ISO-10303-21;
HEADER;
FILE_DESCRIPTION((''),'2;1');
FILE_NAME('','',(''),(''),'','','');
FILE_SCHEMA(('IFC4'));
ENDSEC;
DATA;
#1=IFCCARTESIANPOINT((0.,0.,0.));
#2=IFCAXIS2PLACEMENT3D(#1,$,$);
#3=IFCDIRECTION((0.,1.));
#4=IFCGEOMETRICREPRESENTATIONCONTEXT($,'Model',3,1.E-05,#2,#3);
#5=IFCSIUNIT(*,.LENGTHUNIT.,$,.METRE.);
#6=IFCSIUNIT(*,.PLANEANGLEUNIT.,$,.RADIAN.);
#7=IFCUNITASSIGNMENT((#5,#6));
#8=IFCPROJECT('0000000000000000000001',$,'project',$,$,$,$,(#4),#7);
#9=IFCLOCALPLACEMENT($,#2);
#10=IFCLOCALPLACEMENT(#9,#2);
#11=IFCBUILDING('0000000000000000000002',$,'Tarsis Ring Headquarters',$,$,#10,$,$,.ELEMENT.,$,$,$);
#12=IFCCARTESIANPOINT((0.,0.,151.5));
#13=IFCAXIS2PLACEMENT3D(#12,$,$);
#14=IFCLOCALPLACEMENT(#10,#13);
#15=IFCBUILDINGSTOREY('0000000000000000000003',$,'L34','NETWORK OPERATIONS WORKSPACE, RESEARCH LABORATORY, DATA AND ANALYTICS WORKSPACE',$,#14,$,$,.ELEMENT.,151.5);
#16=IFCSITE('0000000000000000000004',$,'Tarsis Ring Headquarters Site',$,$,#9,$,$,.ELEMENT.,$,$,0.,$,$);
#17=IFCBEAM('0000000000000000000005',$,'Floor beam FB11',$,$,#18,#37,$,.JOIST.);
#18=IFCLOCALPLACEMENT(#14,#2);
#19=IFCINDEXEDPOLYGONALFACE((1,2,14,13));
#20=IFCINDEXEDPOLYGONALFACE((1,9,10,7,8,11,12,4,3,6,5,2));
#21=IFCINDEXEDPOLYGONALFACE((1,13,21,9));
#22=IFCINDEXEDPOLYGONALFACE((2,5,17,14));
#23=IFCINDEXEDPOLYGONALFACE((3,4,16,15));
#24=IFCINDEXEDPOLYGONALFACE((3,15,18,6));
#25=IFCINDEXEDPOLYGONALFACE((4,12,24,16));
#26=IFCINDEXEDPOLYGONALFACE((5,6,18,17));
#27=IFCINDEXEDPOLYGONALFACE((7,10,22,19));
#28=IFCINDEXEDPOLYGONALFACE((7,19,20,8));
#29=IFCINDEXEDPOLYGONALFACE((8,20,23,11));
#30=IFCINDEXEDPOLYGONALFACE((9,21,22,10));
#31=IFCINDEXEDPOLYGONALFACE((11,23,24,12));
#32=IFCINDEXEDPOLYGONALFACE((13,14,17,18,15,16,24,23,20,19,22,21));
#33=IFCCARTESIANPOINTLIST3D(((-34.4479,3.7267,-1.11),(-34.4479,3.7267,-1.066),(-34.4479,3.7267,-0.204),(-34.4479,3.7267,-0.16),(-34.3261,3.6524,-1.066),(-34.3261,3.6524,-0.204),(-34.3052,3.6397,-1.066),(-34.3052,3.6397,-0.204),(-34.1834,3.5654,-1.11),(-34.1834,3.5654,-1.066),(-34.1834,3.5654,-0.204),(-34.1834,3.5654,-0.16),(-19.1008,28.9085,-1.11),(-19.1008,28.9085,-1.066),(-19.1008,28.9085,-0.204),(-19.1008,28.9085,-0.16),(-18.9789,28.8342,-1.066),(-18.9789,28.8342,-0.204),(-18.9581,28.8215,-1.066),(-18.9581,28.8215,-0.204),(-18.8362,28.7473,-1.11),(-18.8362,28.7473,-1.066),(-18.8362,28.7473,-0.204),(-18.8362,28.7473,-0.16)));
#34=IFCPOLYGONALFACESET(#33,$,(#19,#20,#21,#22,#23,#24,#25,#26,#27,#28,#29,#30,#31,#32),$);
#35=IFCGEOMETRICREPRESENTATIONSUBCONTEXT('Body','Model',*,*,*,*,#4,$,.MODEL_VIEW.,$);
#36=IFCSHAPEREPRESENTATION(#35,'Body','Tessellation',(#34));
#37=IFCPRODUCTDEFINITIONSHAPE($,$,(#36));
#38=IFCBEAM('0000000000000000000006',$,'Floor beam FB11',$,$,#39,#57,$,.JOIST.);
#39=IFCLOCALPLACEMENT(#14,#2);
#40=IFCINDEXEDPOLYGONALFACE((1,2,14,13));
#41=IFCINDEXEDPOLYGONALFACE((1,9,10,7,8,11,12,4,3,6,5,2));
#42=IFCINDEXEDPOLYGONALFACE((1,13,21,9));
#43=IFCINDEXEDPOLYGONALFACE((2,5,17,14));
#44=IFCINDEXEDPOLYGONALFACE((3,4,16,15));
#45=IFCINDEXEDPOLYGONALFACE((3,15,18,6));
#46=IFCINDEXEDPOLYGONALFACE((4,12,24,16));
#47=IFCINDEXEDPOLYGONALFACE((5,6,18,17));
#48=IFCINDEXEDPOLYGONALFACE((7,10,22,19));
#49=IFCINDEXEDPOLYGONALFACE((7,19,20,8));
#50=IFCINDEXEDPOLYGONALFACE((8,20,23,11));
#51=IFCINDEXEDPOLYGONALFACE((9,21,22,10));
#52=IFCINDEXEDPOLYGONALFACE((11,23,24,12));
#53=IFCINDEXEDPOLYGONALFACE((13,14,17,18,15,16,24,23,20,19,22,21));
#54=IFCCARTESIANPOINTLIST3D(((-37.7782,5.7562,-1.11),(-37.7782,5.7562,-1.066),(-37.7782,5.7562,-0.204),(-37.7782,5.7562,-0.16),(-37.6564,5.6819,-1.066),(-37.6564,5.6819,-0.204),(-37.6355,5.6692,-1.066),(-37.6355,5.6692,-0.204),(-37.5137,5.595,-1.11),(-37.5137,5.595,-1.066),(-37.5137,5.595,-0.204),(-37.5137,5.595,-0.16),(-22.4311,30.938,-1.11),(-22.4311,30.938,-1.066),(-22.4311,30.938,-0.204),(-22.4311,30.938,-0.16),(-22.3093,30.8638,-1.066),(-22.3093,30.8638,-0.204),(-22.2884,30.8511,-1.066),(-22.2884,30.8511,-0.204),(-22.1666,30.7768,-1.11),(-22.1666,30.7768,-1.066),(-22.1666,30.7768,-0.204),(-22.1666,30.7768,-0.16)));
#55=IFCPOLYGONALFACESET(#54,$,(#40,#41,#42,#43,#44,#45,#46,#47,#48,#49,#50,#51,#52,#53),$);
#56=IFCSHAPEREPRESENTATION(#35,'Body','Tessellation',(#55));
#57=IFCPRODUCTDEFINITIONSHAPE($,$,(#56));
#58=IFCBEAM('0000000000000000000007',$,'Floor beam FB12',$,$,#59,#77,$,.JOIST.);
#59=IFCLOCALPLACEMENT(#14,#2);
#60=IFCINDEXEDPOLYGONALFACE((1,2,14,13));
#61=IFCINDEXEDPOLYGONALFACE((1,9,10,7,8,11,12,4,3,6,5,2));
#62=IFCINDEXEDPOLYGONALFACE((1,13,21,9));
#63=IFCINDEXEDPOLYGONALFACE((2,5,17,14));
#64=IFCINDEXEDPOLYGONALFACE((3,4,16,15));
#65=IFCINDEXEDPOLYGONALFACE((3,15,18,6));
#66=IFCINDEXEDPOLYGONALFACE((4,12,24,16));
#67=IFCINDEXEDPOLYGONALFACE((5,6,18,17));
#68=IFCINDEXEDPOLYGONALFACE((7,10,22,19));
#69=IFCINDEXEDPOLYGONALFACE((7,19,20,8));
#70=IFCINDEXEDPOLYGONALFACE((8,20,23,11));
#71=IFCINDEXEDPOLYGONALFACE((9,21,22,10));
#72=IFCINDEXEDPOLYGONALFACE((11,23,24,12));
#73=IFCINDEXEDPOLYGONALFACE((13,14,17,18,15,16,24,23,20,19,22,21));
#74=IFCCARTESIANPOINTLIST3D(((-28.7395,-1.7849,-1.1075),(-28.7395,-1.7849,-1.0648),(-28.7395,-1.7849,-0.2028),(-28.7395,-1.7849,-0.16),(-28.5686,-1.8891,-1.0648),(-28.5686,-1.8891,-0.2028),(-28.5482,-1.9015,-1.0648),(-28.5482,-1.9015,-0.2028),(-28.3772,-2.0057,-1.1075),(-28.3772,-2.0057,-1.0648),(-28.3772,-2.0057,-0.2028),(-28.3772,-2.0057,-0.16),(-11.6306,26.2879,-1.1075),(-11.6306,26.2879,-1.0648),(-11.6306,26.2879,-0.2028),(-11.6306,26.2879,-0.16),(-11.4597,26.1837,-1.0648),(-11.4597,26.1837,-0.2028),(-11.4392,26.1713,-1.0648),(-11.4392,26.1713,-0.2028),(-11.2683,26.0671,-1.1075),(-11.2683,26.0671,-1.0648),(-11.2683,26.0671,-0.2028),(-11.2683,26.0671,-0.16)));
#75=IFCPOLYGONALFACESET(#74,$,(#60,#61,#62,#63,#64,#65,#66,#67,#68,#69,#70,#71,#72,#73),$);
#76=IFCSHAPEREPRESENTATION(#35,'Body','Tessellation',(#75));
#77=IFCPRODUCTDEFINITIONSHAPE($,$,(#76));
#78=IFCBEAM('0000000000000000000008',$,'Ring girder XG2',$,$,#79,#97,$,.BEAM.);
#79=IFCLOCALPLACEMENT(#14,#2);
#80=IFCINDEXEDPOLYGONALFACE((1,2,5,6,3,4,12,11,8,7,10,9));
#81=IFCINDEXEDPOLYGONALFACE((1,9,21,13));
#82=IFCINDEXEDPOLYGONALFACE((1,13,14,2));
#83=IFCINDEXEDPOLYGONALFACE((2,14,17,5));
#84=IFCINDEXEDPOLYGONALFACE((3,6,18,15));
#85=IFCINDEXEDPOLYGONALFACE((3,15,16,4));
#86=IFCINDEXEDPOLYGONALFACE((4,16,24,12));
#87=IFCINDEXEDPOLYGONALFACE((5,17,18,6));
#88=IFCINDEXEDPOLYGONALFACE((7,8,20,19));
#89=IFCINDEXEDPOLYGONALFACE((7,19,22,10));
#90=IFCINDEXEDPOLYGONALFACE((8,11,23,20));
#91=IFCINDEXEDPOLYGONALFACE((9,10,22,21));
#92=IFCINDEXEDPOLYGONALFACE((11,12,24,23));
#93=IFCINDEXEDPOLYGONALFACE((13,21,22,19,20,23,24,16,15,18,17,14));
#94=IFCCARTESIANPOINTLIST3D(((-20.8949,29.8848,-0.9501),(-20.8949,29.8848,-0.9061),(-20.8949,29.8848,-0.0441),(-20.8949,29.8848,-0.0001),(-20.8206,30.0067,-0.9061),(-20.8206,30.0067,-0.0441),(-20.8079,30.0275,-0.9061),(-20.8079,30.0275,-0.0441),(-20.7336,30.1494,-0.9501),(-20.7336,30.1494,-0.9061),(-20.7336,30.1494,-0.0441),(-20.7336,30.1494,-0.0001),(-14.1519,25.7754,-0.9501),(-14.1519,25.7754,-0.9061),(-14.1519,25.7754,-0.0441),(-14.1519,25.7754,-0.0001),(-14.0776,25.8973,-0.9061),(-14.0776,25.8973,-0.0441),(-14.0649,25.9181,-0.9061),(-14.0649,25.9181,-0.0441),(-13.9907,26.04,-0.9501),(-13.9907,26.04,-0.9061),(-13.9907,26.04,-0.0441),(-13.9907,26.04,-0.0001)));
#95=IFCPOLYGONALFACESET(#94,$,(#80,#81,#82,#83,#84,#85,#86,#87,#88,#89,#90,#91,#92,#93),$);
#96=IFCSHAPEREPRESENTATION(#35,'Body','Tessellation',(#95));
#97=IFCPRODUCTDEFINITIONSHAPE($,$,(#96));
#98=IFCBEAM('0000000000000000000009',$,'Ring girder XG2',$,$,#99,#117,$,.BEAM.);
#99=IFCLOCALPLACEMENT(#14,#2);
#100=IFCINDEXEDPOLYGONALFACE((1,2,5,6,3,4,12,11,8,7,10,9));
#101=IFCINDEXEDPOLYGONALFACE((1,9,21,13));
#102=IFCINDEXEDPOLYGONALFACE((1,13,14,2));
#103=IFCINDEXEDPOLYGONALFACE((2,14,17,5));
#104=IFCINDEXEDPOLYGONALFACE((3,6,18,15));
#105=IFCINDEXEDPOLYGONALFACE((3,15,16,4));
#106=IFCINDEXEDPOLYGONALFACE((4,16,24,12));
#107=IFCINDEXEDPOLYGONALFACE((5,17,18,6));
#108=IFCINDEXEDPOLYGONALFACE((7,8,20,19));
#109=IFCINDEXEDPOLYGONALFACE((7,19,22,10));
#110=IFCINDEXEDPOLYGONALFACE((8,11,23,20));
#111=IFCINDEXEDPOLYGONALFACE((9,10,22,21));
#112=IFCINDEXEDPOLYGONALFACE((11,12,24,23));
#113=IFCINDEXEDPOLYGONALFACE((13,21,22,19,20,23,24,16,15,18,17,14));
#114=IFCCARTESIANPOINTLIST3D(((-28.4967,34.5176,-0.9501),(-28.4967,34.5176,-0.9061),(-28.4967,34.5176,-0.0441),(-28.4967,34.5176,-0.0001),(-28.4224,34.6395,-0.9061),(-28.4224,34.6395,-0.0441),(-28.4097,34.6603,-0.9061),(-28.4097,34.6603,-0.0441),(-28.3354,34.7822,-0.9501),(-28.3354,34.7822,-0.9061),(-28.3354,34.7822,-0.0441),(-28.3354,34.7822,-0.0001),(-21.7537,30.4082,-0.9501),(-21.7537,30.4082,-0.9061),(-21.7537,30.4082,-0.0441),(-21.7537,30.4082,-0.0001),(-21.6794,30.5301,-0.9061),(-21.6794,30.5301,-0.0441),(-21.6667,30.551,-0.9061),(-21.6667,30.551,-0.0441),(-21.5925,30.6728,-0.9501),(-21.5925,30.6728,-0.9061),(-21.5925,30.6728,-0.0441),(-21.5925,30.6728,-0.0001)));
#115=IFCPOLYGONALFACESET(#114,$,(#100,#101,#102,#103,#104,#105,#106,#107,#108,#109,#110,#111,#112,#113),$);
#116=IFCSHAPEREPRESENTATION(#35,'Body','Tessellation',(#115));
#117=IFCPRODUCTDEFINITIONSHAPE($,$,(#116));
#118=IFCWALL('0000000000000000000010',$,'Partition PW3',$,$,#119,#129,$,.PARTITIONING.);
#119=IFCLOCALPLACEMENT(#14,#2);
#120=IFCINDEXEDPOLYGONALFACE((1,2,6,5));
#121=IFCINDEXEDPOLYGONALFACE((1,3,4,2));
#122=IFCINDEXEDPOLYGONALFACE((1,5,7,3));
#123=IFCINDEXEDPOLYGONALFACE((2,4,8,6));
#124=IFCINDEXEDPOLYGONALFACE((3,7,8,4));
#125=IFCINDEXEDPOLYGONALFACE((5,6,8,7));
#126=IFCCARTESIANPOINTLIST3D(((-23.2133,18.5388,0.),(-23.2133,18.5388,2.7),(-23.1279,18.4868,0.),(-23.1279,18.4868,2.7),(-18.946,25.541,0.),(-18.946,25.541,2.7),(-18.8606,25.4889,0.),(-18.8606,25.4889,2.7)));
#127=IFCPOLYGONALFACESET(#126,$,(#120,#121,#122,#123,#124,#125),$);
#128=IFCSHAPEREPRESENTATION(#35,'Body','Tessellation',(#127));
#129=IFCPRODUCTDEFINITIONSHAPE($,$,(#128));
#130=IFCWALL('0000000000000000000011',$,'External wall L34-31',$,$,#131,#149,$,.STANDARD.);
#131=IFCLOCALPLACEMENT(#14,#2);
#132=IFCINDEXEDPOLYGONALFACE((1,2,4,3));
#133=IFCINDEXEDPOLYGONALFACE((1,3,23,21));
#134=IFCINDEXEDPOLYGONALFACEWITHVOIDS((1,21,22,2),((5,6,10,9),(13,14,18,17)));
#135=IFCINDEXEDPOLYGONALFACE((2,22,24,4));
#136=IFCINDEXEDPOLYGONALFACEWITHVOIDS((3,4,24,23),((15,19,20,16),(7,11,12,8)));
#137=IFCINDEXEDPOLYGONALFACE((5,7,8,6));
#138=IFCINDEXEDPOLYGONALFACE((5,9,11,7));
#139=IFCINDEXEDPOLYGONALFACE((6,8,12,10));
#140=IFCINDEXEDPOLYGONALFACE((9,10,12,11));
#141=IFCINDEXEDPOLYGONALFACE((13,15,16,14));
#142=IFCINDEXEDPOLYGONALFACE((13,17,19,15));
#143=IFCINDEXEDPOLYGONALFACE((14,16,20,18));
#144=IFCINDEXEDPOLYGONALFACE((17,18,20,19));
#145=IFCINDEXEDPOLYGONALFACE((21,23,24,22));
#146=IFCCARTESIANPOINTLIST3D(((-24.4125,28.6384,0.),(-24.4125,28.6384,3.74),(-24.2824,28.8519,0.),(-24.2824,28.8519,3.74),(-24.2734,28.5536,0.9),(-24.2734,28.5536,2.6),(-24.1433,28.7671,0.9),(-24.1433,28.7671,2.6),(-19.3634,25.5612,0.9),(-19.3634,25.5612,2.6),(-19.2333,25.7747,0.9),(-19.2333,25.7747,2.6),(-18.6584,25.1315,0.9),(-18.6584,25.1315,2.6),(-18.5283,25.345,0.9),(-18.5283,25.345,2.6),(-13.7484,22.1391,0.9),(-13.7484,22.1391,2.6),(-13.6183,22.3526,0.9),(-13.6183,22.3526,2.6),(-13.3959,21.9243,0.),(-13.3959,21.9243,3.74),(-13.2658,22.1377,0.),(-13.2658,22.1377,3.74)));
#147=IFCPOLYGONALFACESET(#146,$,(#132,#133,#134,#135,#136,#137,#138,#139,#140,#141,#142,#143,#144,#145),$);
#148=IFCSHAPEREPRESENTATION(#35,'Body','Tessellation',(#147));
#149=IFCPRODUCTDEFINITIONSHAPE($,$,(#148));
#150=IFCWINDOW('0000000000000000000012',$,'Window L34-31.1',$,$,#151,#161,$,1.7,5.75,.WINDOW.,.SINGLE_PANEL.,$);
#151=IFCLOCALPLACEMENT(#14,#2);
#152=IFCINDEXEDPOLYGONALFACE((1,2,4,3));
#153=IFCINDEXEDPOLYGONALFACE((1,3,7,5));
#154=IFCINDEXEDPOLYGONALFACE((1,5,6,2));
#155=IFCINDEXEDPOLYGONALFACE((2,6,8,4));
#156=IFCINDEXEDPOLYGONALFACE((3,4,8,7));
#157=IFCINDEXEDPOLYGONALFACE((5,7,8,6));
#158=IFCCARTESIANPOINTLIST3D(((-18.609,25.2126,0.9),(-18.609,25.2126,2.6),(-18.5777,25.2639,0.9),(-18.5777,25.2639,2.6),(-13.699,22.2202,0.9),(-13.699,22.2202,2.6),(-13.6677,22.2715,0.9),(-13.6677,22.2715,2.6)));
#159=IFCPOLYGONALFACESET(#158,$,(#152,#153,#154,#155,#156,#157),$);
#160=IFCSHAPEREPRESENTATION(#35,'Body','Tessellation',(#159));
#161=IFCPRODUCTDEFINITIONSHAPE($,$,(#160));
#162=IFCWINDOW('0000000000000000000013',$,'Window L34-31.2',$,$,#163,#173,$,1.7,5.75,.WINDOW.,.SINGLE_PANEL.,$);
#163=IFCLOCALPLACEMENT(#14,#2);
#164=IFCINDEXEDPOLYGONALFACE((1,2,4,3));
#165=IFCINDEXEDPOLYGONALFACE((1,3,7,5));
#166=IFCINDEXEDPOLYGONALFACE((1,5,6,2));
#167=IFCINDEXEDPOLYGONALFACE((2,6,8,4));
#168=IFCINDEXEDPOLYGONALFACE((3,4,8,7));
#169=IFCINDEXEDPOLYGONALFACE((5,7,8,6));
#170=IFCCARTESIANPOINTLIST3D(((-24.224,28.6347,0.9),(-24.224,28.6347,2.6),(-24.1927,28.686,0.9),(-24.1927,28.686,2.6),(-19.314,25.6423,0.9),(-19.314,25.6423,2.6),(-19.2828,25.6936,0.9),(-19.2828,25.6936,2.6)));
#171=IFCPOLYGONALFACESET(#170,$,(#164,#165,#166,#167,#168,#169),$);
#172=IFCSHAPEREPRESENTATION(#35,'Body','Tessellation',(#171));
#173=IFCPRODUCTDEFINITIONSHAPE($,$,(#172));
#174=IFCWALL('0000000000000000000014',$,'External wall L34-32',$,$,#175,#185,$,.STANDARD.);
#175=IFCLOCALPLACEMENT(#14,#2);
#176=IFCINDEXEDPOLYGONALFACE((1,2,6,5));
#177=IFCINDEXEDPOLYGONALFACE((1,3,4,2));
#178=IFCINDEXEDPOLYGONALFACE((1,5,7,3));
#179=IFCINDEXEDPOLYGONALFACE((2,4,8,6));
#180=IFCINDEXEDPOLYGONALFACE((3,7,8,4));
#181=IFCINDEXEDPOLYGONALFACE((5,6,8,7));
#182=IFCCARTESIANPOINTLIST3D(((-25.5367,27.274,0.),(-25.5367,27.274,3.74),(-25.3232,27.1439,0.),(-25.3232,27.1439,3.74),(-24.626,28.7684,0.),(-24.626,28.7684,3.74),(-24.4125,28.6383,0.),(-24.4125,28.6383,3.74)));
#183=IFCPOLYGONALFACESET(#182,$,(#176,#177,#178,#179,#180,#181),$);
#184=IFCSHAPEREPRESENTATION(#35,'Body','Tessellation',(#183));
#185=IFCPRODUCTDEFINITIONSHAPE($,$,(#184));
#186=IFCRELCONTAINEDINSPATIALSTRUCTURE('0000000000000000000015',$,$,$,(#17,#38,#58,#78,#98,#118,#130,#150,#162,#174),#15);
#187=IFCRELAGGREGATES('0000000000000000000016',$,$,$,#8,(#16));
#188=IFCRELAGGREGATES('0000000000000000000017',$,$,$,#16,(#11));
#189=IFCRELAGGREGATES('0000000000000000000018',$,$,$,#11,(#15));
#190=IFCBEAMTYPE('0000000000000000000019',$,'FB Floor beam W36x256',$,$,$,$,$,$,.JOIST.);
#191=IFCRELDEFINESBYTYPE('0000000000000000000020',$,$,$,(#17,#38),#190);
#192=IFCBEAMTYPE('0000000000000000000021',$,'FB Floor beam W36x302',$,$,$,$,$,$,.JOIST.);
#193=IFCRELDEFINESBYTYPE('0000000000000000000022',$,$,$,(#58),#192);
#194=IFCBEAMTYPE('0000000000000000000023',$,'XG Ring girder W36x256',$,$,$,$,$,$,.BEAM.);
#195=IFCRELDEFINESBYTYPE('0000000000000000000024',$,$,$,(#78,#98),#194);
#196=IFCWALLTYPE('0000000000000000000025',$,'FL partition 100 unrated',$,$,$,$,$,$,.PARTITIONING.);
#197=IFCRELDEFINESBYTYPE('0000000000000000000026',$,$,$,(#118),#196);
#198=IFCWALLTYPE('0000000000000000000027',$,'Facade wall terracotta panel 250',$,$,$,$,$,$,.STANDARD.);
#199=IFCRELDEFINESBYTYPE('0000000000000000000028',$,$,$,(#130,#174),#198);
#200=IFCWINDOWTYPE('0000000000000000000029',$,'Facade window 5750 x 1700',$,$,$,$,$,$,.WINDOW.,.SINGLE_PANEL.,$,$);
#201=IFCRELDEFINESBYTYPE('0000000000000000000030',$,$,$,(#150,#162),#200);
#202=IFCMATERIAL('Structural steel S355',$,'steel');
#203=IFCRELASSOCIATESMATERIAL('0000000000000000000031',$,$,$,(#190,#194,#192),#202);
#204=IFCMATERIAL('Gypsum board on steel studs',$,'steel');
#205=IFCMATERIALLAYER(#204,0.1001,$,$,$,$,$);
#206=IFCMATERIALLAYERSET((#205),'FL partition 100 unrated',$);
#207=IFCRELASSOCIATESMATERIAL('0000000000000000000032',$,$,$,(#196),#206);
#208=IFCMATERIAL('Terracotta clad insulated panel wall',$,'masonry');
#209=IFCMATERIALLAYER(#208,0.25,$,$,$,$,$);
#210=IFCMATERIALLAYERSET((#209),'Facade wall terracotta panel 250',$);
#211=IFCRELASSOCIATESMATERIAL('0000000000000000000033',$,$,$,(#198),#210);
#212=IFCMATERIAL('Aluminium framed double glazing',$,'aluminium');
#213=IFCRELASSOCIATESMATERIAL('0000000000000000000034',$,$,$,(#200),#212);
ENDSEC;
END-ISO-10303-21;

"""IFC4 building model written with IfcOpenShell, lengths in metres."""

from ifc_helpers import new_model, si_unit, direction, frame, frame_2d, origin, origin_2d, place, context, subcontext, project, spatial, rectangle, i_section, extrude, material, layer, layer_set, material_profile, profile_set, type_object, element, fill, save


model = new_model("IFC4")

# Units and contexts
model_context = context("Model", 3, precision=1e-05, world=origin(), true_north=direction((0.0, 1.0)))
body_context = subcontext(model_context, "Body", "Model", "MODEL_VIEW")
ifc_project = project(units=[si_unit("LENGTHUNIT", "METRE"), si_unit("PLANEANGLEUNIT", "RADIAN")], contexts=[model_context])

# Site, building, storey
site_placement = place(None, origin())
site = spatial("IfcSite", under=ifc_project, at=site_placement, Name="Tarsis Ring Headquarters Site", CompositionType="ELEMENT", RefElevation=0.0)
building_placement = place(site_placement, origin())
building = spatial("IfcBuilding", under=site, at=building_placement, Name="Tarsis Ring Headquarters", CompositionType="ELEMENT")
storey_placement = place(building_placement, frame((0.0, 0.0, 151.5)))
storey = spatial("IfcBuildingStorey", under=building, at=storey_placement, Name="L34", Description="NETWORK OPERATIONS WORKSPACE, RESEARCH LABORATORY, DATA AND ANALYTICS WORKSPACE", CompositionType="ELEMENT", Elevation=151.5)

# Shared definitions
ifc_material_1 = material(Name="Structural steel S355", Category="steel")

# Beams
ifc_material_profile_1 = material_profile(ifc_material_1, i_section(OverallWidth=0.3098, OverallDepth=0.95, WebThickness=0.0244, FlangeThickness=0.0439, at=origin_2d()), Name="W36x256")
ifc_profile_set_1 = profile_set([ifc_material_profile_1], Name="Structural steel S355")
beam_type_1 = type_object("IfcBeamType", Name="FB Floor beam W36x256", PredefinedType="JOIST", material=ifc_profile_set_1)
for number, where, z_axis, x_axis, name in (
    (1, (-18.9685, 28.8279, -0.635), (-0.520419, -0.853911, 0.0), (0.853911, -0.520419, 0.0), "Floor beam FB11"),
    (2, (-22.2988, 30.8574, -0.635), (-0.520419, -0.853911, 0.0), (0.853911, -0.520419, 0.0), "Floor beam FB11"),
):
    element("IfcBeam", number, at=place(storey_placement, frame(where, z_axis=z_axis, x_axis=x_axis)), inside=storey, type_object=beam_type_1, Name=name, PredefinedType="JOIST", context=body_context, shape_type="SweptSolid", body=[
        extrude(i_section(OverallWidth=0.3098, OverallDepth=0.95, WebThickness=0.0244, FlangeThickness=0.0439, at=origin_2d()), origin(), (0.0, 0.0, 1.0), 29.49),
    ])
ifc_material_profile_2 = material_profile(ifc_material_1, i_section(OverallWidth=0.4243, OverallDepth=0.9475, WebThickness=0.0239, FlangeThickness=0.0427, at=origin_2d()), Name="W36x302")
ifc_profile_set_2 = profile_set([ifc_material_profile_2], Name="Structural steel S355")
beam_type_2 = type_object("IfcBeamType", Name="FB Floor beam W36x302", PredefinedType="JOIST", material=ifc_profile_set_2)
beam_1_placement = place(storey_placement, frame((-11.4495, 26.1775, -0.6338), z_axis=(-0.520416, -0.853913, 0.0), x_axis=(0.853913, -0.520416, 0.0)))
element("IfcBeam", 3, at=beam_1_placement, inside=storey, type_object=beam_type_2, Name="Floor beam FB12", PredefinedType="JOIST", context=body_context, shape_type="SweptSolid", body=[
    extrude(i_section(OverallWidth=0.4243, OverallDepth=0.9475, WebThickness=0.0239, FlangeThickness=0.0427, at=origin_2d()), origin(), (0.0, 0.0, 1.0), 32.8755),
])
beam_type_3 = type_object("IfcBeamType", Name="XG Ring girder W36x256", PredefinedType="BEAM", material=ifc_profile_set_1)
for number, where, z_axis, x_axis, name in (
    (4, (-14.0713, 25.9077, -0.4751), (-0.853918, 0.520408, 0.0), (-0.520408, -0.853918, 0.0), "Ring girder XG2"),
    (5, (-21.6731, 30.5405, -0.4751), (-0.853918, 0.520408, 0.0), (-0.520408, -0.853918, 0.0), "Ring girder XG2"),
):
    element("IfcBeam", number, at=place(storey_placement, frame(where, z_axis=z_axis, x_axis=x_axis)), inside=storey, type_object=beam_type_3, Name=name, PredefinedType="BEAM", context=body_context, shape_type="SweptSolid", body=[
        extrude(i_section(OverallWidth=0.3098, OverallDepth=0.95, WebThickness=0.0244, FlangeThickness=0.0439, at=origin_2d()), origin(), (0.0, 0.0, 1.0), 7.8965),
    ])

# Wall
ifc_material_2 = material(Name="Gypsum board on steel studs", Category="steel")
ifc_layer_1 = layer(ifc_material_2, 0.1001)
ifc_layer_set_1 = layer_set([ifc_layer_1], Name="FL partition 100 unrated")
wall_type_1 = type_object("IfcWallType", Name="FL partition 100 unrated", PredefinedType="PARTITIONING", material=ifc_layer_set_1)
wall_1_placement = place(storey_placement, frame((-23.1707, 18.5127, 0.0), z_axis=(0.0, 0.0, 1.0), x_axis=(0.520403, 0.853921, 0.0)))
element("IfcWall", 6, at=wall_1_placement, inside=storey, type_object=wall_type_1, Name="Partition PW3", PredefinedType="PARTITIONING", context=body_context, shape_type="SweptSolid", body=[
    extrude(rectangle(XDim=8.2, YDim=0.1001, at=frame_2d((4.1001, 0.0))), origin(), (0.0, 0.0, 1.0), 2.7),
])

# Wall, openings, windows
ifc_material_3 = material(Name="Terracotta clad insulated panel wall", Category="masonry")
ifc_layer_2 = layer(ifc_material_3, 0.25)
ifc_layer_set_2 = layer_set([ifc_layer_2], Name="Facade wall terracotta panel 250")
wall_type_2 = type_object("IfcWallType", Name="Facade wall terracotta panel 250", PredefinedType="STANDARD", material=ifc_layer_set_2)
wall_2_placement = place(storey_placement, frame((-13.3308, 22.031, 0.0), z_axis=(0.0, 0.0, 1.0), x_axis=(-0.853911, 0.520419, 0.0)))
wall_2 = element("IfcWall", 7, at=wall_2_placement, inside=storey, type_object=wall_type_2, Name="External wall L34-31", PredefinedType="STANDARD", context=body_context, shape_type="SweptSolid", body=[
    extrude(rectangle(XDim=12.9014, YDim=0.25, at=frame_2d((6.4507, 0.0))), origin(), (0.0, 0.0, 1.0), 3.74),
])
opening_1_placement = place(wall_2_placement, frame((0.4128, 0.0, 0.8999)))
opening_1 = element("IfcOpeningElement", 8, at=opening_1_placement, cuts=wall_2, PredefinedType="OPENING", context=body_context, shape_type="SweptSolid", body=[
    extrude(rectangle(XDim=5.75, YDim=1.7, at=frame_2d((2.875, 0.8501))), frame((0.0, 0.135, 0.0), z_axis=(0.0, -1.0, 0.0), x_axis=(1.0, 0.0, 0.0)), (0.0, 0.0, 1.0), 0.27),
])
opening_2_placement = place(wall_2_placement, frame((6.9885, 0.0, 0.8999)))
opening_2 = element("IfcOpeningElement", 9, at=opening_2_placement, cuts=wall_2, PredefinedType="OPENING", context=body_context, shape_type="SweptSolid", body=[
    extrude(rectangle(XDim=5.75, YDim=1.7, at=frame_2d((2.875, 0.8501))), frame((0.0, 0.135, 0.0), z_axis=(0.0, -1.0, 0.0), x_axis=(1.0, 0.0, 0.0)), (0.0, 0.0, 1.0), 0.27),
])
ifc_material_4 = material(Name="Aluminium framed double glazing", Category="aluminium")
window_type = type_object("IfcWindowType", Name="Facade window 5750 x 1700", PartitioningType="SINGLE_PANEL", PredefinedType="WINDOW", material=ifc_material_4)
window_1_placement = place(opening_1_placement, origin())
window_1 = element("IfcWindow", 10, at=window_1_placement, inside=storey, type_object=window_type, Name="Window L34-31.1", OverallHeight=1.7, OverallWidth=5.75, PartitioningType="SINGLE_PANEL", PredefinedType="WINDOW", context=body_context, shape_type="SweptSolid", body=[
    extrude(rectangle(XDim=5.75, YDim=1.7, at=frame_2d((2.875, 0.8501))), frame((0.0, 0.03, 0.0), z_axis=(0.0, -1.0, 0.0), x_axis=(1.0, 0.0, 0.0)), (0.0, 0.0, 1.0), 0.0601),
])
fill(opening_1, window_1)
window_2_placement = place(opening_2_placement, origin())
window_2 = element("IfcWindow", 11, at=window_2_placement, inside=storey, type_object=window_type, Name="Window L34-31.2", OverallHeight=1.7, OverallWidth=5.75, PartitioningType="SINGLE_PANEL", PredefinedType="WINDOW", context=body_context, shape_type="SweptSolid", body=[
    extrude(rectangle(XDim=5.75, YDim=1.7, at=frame_2d((2.875, 0.8501))), frame((0.0, 0.03, 0.0), z_axis=(0.0, -1.0, 0.0), x_axis=(1.0, 0.0, 0.0)), (0.0, 0.0, 1.0), 0.0601),
])
fill(opening_2, window_2)

# Wall
wall_3_placement = place(storey_placement, frame((-24.5193, 28.7034, 0.0), z_axis=(0.0, 0.0, 1.0), x_axis=(-0.520372, -0.85394, 0.0)))
element("IfcWall", 12, at=wall_3_placement, inside=storey, type_object=wall_type_2, Name="External wall L34-32", PredefinedType="STANDARD", context=body_context, shape_type="SweptSolid", body=[
    extrude(rectangle(XDim=1.75, YDim=0.25, at=frame_2d((0.875, 0.0))), origin(), (0.0, 0.0, 1.0), 3.74),
])

save(model, "model.ifc")
